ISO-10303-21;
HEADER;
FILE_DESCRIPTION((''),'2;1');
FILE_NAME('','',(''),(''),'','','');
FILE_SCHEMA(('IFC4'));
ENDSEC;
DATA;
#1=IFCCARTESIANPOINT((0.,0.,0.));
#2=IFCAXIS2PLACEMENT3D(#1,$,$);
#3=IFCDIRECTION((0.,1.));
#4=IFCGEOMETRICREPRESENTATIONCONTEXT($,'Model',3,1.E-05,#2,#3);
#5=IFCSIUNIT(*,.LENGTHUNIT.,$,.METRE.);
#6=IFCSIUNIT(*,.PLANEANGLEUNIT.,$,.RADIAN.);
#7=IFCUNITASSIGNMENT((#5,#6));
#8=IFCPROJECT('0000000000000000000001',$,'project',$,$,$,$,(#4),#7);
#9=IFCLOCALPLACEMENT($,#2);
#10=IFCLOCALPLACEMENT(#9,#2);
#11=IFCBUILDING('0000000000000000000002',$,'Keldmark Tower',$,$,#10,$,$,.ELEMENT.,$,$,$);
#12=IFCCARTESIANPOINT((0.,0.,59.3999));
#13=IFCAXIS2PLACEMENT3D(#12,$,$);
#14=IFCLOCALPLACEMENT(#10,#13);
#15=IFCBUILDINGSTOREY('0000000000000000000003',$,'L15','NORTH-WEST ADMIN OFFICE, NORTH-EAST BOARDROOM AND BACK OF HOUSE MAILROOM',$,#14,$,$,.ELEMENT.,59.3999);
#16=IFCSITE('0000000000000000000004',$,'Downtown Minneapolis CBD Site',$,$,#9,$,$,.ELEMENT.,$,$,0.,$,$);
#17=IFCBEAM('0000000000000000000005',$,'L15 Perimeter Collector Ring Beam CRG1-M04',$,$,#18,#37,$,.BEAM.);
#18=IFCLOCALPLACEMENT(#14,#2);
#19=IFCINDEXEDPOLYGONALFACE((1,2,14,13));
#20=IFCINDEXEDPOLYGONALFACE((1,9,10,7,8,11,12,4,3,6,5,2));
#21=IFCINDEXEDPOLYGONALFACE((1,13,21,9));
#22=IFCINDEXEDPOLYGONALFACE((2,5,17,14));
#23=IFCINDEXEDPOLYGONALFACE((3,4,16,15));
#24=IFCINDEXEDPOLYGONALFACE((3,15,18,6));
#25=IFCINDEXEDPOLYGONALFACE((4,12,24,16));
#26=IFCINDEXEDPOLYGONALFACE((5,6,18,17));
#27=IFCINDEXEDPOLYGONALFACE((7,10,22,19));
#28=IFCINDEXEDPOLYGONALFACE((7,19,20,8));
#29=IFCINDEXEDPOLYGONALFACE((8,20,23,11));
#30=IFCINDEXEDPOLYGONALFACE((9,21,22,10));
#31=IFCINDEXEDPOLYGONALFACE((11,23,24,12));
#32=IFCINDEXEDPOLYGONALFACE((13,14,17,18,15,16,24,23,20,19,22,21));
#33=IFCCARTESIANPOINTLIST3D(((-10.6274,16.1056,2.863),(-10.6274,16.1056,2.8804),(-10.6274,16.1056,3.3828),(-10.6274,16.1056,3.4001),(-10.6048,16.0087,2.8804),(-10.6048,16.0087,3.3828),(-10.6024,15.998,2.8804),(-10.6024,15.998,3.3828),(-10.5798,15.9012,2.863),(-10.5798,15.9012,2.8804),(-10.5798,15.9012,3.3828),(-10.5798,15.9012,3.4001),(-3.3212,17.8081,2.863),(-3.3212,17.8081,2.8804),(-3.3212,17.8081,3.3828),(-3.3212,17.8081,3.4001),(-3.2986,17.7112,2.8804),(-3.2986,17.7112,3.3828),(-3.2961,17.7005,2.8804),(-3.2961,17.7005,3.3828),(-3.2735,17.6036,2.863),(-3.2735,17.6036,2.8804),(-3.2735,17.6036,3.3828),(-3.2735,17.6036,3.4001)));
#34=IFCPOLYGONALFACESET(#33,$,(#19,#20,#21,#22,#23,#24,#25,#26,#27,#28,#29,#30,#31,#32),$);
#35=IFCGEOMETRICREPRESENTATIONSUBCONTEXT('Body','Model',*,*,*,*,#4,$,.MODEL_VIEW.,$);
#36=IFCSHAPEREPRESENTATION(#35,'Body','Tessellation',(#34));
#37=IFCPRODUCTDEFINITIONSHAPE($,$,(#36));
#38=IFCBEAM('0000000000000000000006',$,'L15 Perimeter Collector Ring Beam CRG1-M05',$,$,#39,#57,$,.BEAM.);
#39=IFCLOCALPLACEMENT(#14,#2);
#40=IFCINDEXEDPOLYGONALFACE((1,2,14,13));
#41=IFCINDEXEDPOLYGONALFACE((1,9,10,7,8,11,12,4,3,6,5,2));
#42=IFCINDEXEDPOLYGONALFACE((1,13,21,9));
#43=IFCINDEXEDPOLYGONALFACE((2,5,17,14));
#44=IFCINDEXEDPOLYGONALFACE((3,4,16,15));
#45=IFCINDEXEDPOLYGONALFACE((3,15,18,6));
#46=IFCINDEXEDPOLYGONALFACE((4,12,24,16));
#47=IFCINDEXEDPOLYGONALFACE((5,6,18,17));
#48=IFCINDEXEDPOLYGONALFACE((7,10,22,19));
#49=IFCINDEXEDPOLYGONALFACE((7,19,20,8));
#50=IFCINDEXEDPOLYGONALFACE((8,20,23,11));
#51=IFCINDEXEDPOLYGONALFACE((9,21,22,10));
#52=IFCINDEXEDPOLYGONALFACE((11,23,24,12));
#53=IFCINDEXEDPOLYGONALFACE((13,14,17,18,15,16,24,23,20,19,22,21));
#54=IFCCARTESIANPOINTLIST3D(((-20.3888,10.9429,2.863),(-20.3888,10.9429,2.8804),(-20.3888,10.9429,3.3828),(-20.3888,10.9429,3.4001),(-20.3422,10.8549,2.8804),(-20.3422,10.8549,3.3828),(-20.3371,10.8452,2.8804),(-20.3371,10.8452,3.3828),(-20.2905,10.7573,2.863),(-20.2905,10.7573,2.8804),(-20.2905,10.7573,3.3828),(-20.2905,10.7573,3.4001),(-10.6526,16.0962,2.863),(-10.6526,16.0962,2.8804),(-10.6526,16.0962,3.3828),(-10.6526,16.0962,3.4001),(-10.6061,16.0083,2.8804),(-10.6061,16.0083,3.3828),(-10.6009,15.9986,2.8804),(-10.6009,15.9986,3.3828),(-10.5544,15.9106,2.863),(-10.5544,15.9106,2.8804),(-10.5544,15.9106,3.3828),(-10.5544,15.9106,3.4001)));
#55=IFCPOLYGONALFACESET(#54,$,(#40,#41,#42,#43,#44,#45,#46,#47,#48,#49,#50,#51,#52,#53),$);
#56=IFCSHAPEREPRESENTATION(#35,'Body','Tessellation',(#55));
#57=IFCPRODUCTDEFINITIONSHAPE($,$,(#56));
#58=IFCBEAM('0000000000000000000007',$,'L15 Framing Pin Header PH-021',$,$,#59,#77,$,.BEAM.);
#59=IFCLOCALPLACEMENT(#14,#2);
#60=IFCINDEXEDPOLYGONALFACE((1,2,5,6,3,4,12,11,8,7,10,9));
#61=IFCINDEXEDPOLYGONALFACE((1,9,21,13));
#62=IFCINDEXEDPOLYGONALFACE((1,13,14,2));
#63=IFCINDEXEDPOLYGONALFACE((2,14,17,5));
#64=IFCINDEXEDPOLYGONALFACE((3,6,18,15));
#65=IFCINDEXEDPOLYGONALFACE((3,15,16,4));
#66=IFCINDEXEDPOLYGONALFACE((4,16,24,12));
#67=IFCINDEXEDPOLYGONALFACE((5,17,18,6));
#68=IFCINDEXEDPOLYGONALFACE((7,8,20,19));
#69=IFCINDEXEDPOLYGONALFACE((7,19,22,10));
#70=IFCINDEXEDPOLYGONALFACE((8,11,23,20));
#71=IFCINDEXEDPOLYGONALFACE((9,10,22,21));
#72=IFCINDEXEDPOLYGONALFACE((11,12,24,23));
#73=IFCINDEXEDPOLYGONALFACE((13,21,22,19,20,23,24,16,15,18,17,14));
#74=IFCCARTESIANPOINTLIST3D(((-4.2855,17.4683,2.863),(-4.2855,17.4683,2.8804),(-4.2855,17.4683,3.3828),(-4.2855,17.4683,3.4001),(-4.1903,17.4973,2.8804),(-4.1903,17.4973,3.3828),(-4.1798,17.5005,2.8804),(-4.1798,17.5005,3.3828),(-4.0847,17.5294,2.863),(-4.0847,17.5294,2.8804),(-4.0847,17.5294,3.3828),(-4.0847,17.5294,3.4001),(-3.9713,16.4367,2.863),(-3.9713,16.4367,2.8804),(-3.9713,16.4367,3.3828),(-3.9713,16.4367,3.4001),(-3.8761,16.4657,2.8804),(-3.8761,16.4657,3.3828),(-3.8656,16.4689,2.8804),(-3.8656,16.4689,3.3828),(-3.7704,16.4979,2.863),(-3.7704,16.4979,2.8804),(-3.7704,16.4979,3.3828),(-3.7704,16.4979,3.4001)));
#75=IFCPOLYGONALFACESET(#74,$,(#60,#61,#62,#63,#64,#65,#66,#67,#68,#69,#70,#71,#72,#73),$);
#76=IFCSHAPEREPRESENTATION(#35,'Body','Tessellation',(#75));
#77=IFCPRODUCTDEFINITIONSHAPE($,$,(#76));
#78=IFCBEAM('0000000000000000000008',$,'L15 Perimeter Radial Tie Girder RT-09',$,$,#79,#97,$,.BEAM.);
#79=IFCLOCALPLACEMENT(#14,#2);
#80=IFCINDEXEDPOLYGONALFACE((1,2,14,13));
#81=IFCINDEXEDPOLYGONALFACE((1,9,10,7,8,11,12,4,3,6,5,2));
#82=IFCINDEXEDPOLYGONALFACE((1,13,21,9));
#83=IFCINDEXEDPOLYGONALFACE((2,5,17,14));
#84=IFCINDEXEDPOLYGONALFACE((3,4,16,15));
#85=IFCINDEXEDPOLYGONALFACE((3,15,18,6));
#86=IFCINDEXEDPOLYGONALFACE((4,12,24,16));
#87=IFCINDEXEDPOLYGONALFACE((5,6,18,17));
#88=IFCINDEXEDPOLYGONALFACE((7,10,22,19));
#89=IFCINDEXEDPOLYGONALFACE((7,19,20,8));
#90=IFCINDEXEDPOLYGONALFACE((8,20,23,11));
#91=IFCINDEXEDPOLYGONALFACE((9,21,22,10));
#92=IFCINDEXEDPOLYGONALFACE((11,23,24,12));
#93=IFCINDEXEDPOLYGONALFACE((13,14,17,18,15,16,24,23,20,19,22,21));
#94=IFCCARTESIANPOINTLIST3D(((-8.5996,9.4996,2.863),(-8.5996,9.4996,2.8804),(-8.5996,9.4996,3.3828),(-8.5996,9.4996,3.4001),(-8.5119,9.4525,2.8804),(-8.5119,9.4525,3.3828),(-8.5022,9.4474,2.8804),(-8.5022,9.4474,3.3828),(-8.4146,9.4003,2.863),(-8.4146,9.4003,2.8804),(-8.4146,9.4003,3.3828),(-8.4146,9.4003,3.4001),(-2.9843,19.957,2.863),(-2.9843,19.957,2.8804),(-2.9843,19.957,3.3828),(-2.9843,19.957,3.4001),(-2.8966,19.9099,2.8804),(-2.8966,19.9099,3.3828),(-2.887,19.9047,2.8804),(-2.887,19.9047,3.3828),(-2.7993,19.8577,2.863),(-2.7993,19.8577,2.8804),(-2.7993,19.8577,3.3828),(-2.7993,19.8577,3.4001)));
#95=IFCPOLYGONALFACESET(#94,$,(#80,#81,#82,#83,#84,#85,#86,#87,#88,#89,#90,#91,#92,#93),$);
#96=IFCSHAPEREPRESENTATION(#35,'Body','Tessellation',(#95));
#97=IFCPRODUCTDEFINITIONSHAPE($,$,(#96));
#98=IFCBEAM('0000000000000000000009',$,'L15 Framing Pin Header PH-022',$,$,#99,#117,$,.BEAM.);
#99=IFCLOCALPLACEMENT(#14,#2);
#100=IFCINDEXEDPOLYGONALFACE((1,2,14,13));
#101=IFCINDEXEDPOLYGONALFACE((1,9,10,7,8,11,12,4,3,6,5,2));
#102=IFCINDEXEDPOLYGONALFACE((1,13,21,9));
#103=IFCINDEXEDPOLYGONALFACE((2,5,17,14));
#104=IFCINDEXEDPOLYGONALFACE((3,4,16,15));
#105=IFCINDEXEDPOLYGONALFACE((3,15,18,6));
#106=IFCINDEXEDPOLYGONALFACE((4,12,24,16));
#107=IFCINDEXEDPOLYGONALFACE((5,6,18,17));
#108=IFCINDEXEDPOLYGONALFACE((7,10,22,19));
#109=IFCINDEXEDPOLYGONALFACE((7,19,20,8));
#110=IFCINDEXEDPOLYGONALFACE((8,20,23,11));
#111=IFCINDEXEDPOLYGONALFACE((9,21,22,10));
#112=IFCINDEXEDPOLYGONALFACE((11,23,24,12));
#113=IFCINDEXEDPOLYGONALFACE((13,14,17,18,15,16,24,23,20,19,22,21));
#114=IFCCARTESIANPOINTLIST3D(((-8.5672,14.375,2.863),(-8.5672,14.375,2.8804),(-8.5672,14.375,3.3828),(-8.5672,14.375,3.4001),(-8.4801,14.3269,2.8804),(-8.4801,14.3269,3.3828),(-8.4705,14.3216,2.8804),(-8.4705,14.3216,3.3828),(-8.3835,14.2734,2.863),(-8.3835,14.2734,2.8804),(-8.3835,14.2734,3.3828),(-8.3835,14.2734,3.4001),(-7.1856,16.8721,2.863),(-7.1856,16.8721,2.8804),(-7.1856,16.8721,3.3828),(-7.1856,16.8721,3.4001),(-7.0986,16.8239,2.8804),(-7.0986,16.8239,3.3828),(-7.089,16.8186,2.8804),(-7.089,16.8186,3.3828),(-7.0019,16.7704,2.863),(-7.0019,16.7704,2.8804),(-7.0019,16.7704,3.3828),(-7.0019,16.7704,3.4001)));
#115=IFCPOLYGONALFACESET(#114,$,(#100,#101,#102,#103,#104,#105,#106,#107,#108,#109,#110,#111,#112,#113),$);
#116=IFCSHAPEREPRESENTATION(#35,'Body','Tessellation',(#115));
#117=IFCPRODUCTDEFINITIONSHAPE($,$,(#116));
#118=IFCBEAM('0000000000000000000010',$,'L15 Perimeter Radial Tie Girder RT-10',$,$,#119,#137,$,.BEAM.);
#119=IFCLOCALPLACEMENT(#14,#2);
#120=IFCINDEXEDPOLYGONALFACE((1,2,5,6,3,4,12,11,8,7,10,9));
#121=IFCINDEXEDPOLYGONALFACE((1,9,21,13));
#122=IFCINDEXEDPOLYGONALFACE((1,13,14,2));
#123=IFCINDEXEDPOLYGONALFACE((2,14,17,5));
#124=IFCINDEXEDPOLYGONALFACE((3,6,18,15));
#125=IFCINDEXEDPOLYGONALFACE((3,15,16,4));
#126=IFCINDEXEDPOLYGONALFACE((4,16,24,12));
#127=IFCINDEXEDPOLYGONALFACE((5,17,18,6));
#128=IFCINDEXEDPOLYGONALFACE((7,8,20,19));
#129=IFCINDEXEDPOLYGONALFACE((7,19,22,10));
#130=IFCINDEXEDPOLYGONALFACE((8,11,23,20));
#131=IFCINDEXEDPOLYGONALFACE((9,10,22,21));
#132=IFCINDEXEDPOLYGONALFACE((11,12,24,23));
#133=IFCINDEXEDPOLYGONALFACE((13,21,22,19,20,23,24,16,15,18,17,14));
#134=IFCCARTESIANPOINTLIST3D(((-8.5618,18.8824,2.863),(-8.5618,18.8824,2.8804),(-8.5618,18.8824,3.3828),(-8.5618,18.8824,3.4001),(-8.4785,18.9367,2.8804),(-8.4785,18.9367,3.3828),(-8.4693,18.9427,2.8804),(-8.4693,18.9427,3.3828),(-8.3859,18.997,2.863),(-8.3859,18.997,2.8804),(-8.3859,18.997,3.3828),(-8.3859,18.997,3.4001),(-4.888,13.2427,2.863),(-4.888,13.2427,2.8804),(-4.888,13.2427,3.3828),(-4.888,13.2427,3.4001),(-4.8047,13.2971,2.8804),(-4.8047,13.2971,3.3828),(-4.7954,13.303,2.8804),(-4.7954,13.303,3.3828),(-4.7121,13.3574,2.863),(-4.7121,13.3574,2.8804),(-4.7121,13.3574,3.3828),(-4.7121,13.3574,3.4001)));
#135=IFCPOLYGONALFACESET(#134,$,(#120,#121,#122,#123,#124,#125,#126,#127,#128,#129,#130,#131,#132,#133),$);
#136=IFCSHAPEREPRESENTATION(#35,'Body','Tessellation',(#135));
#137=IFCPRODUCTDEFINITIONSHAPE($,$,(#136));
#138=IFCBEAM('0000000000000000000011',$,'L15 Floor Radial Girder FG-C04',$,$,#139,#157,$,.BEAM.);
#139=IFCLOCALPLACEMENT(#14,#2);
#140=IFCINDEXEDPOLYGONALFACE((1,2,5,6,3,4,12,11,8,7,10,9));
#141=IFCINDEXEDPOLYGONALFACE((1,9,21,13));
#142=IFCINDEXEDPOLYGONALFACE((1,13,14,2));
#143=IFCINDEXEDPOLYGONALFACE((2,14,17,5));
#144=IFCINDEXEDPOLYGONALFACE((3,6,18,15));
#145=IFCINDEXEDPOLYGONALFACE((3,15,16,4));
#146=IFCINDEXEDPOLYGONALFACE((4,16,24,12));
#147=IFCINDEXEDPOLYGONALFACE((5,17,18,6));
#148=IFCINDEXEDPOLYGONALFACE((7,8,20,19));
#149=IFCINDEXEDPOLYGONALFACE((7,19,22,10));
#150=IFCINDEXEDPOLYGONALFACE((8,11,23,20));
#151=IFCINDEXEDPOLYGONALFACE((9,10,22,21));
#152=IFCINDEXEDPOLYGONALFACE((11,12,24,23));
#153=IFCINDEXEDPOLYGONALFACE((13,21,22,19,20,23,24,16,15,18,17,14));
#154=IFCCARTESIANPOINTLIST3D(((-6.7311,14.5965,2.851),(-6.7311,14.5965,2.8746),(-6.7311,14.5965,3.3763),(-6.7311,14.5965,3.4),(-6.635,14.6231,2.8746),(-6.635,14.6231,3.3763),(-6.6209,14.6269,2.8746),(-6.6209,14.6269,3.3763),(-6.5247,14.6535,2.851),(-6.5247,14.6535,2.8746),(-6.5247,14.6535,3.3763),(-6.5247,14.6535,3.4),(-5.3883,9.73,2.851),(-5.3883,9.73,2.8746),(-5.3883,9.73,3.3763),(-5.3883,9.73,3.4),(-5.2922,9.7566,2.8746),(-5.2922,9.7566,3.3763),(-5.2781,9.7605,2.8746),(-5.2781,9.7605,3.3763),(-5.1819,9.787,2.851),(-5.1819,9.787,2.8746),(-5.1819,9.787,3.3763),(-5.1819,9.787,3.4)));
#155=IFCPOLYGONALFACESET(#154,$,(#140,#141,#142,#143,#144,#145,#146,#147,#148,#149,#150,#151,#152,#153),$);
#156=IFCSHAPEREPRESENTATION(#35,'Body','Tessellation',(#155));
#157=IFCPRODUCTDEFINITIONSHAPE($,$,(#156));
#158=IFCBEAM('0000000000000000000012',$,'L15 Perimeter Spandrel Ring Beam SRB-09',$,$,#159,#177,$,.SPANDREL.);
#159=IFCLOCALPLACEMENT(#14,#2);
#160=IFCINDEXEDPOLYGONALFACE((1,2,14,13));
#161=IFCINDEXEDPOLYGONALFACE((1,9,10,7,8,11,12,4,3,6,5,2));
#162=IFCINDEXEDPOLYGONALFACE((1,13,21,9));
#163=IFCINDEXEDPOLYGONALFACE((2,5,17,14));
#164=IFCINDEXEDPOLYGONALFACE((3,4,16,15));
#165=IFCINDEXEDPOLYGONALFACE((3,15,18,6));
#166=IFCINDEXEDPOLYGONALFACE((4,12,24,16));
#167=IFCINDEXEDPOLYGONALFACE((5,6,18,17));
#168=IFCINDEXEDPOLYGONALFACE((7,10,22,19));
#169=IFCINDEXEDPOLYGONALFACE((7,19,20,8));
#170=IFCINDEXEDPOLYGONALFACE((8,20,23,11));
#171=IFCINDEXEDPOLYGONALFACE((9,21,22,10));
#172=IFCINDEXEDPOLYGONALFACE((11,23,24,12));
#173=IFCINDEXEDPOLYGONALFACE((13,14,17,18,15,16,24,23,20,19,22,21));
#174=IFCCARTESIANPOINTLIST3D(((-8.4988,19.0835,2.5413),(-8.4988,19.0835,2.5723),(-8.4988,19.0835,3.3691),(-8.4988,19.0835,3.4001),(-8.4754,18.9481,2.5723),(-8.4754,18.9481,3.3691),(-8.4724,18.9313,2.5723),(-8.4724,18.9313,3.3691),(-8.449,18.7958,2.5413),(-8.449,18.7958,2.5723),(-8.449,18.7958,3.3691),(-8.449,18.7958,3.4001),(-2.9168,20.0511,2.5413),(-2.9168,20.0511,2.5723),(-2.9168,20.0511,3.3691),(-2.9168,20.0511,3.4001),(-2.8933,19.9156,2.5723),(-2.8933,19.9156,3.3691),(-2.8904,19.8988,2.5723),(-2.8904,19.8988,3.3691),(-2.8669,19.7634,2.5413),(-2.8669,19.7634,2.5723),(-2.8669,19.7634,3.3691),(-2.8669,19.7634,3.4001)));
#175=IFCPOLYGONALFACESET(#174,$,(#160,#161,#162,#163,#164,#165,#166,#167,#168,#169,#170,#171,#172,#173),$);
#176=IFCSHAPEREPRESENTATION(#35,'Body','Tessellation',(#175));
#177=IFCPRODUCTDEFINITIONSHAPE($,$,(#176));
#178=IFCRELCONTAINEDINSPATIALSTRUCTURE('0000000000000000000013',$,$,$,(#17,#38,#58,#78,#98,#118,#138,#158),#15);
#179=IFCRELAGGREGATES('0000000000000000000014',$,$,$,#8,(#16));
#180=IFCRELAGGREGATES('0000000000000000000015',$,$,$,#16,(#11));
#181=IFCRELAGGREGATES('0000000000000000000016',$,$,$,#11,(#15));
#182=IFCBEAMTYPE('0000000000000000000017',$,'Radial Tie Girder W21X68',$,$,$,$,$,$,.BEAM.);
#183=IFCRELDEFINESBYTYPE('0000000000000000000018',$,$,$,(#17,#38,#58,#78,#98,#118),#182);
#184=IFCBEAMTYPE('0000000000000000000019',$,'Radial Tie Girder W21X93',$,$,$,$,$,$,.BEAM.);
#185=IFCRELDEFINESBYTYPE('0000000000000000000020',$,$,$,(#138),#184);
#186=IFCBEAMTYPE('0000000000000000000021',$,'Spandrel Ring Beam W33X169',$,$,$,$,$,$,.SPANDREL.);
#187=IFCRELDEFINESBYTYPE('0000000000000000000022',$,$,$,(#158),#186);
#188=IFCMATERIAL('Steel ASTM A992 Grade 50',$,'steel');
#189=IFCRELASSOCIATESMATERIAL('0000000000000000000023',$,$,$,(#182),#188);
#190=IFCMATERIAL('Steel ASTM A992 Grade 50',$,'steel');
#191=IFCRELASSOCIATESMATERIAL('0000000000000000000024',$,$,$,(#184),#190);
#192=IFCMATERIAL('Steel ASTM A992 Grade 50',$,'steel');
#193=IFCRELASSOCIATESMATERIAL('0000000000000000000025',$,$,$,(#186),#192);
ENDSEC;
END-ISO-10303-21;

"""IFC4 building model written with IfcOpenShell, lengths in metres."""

from ifc_helpers import new_model, si_unit, direction, frame, origin, origin_2d, place, context, subcontext, project, spatial, i_section, extrude, material, material_profile, profile_set, type_object, element, save


model = new_model("IFC4")

# Units and contexts
model_context = context("Model", 3, precision=1e-05, world=origin(), true_north=direction((0.0, 1.0)))
body_context = subcontext(model_context, "Body", "Model", "MODEL_VIEW")
ifc_project = project(units=[si_unit("LENGTHUNIT", "METRE"), si_unit("PLANEANGLEUNIT", "RADIAN")], contexts=[model_context])

# Site, building, storey
site_placement = place(None, origin())
site = spatial("IfcSite", under=ifc_project, at=site_placement, Name="Downtown Minneapolis CBD Site", CompositionType="ELEMENT", RefElevation=0.0)
building_placement = place(site_placement, origin())
building = spatial("IfcBuilding", under=site, at=building_placement, Name="Keldmark Tower", CompositionType="ELEMENT")
storey_placement = place(building_placement, frame((0.0, 0.0, 59.3999)))
storey = spatial("IfcBuildingStorey", under=building, at=storey_placement, Name="L15", Description="NORTH-WEST ADMIN OFFICE, NORTH-EAST BOARDROOM AND BACK OF HOUSE MAILROOM", CompositionType="ELEMENT", Elevation=59.3999)

# Beams
ifc_material_1 = material(Name="Steel ASTM A992 Grade 50", Category="steel")
ifc_material_profile_1 = material_profile(ifc_material_1, i_section(OverallWidth=0.21, OverallDepth=0.5371, WebThickness=0.011, FlangeThickness=0.0173, at=origin_2d()), Name="W21X68")
ifc_profile_set_1 = profile_set([ifc_material_profile_1], Name="Steel ASTM A992 Grade 50")
beam_type_1 = type_object("IfcBeamType", Name="Radial Tie Girder W21X68", PredefinedType="BEAM", material=ifc_profile_set_1)
beam_1_placement = place(storey_placement, frame((-3.2974, 17.7058, 3.1316), z_axis=(-0.973911, -0.226929, 0.0), x_axis=(0.226929, -0.973911, 0.0)))
element("IfcBeam", 1, at=beam_1_placement, inside=storey, type_object=beam_type_1, Name="L15 Perimeter Collector Ring Beam CRG1-M04", PredefinedType="BEAM", context=body_context, shape_type="SweptSolid", body=[
    extrude(i_section(OverallWidth=0.21, OverallDepth=0.5371, WebThickness=0.011, FlangeThickness=0.0173, at=origin_2d()), origin(), (0.0, 0.0, 1.0), 7.502),
])
beam_2_placement = place(storey_placement, frame((-10.6035, 16.0034, 3.1316), z_axis=(-0.883828, -0.467811, 0.0), x_axis=(0.467811, -0.883828, 0.0)))
element("IfcBeam", 2, at=beam_2_placement, inside=storey, type_object=beam_type_1, Name="L15 Perimeter Collector Ring Beam CRG1-M05", PredefinedType="BEAM", context=body_context, shape_type="SweptSolid", body=[
    extrude(i_section(OverallWidth=0.21, OverallDepth=0.5371, WebThickness=0.011, FlangeThickness=0.0173, at=origin_2d()), origin(), (0.0, 0.0, 1.0), 11.0159),
])
beam_3_placement = place(storey_placement, frame((-3.8708, 16.4673, 3.1316), z_axis=(-0.291396, 0.956603, 0.0), x_axis=(-0.956603, -0.291396, 0.0)))
element("IfcBeam", 3, at=beam_3_placement, inside=storey, type_object=beam_type_1, Name="L15 Framing Pin Header PH-021", PredefinedType="BEAM", context=body_context, shape_type="SweptSolid", body=[
    extrude(i_section(OverallWidth=0.21, OverallDepth=0.5371, WebThickness=0.011, FlangeThickness=0.0173, at=origin_2d()), origin(), (0.0, 0.0, 1.0), 1.0784),
])
beam_4_placement = place(storey_placement, frame((-8.5071, 9.45, 3.1316), z_axis=(0.47308, 0.881019, 0.0), x_axis=(-0.881019, 0.47308, 0.0)))
element("IfcBeam", 4, at=beam_4_placement, inside=storey, type_object=beam_type_1, Name="L15 Perimeter Radial Tie Girder RT-09", PredefinedType="BEAM", context=body_context, shape_type="SweptSolid", body=[
    extrude(i_section(OverallWidth=0.21, OverallDepth=0.5371, WebThickness=0.011, FlangeThickness=0.0173, at=origin_2d()), origin(), (0.0, 0.0, 1.0), 11.8696),
])
beam_5_placement = place(storey_placement, frame((-8.4753, 14.3242, 3.1316), z_axis=(0.484124, 0.874999, 0.0), x_axis=(-0.874999, 0.484124, 0.0)))
element("IfcBeam", 5, at=beam_5_placement, inside=storey, type_object=beam_type_1, Name="L15 Framing Pin Header PH-022", PredefinedType="BEAM", context=body_context, shape_type="SweptSolid", body=[
    extrude(i_section(OverallWidth=0.21, OverallDepth=0.5371, WebThickness=0.011, FlangeThickness=0.0173, at=origin_2d()), origin(), (0.0, 0.0, 1.0), 2.8538),
])
beam_6_placement = place(storey_placement, frame((-4.8, 13.3, 3.1316), z_axis=(-0.54583, 0.837896, 0.0), x_axis=(-0.837896, -0.54583, 0.0)))
element("IfcBeam", 6, at=beam_6_placement, inside=storey, type_object=beam_type_1, Name="L15 Perimeter Radial Tie Girder RT-10", PredefinedType="BEAM", context=body_context, shape_type="SweptSolid", body=[
    extrude(i_section(OverallWidth=0.21, OverallDepth=0.5371, WebThickness=0.011, FlangeThickness=0.0173, at=origin_2d()), origin(), (0.0, 0.0, 1.0), 6.7307),
])
ifc_material_2 = material(Name="Steel ASTM A992 Grade 50", Category="steel")
ifc_material_profile_2 = material_profile(ifc_material_2, i_section(OverallWidth=0.2141, OverallDepth=0.5491, WebThickness=0.0146, FlangeThickness=0.0237, at=origin_2d()), Name="W21X93")
ifc_profile_set_2 = profile_set([ifc_material_profile_2], Name="Steel ASTM A992 Grade 50")
beam_type_2 = type_object("IfcBeamType", Name="Radial Tie Girder W21X93", PredefinedType="BEAM", material=ifc_profile_set_2)
beam_7_placement = place(storey_placement, frame((-6.6279, 14.625, 3.1255), z_axis=(0.265985, -0.963977, 0.0), x_axis=(0.963977, 0.265985, 0.0)))
element("IfcBeam", 7, at=beam_7_placement, inside=storey, type_object=beam_type_2, Name="L15 Floor Radial Girder FG-C04", PredefinedType="BEAM", context=body_context, shape_type="SweptSolid", body=[
    extrude(i_section(OverallWidth=0.2141, OverallDepth=0.5491, WebThickness=0.0146, FlangeThickness=0.0237, at=origin_2d()), origin(), (0.0, 0.0, 1.0), 5.0483),
])
ifc_material_3 = material(Name="Steel ASTM A992 Grade 50", Category="steel")
ifc_material_profile_3 = material_profile(ifc_material_3, i_section(OverallWidth=0.292, OverallDepth=0.8589, WebThickness=0.0171, FlangeThickness=0.031, at=origin_2d()), Name="W33X169")
ifc_profile_set_3 = profile_set([ifc_material_profile_3], Name="Steel ASTM A992 Grade 50")
beam_type_3 = type_object("IfcBeamType", Name="Spandrel Ring Beam W33X169", PredefinedType="SPANDREL", material=ifc_profile_set_3)
beam_8_placement = place(storey_placement, frame((-2.8918, 19.9072, 2.9707), z_axis=(-0.985309, -0.170783, 0.0), x_axis=(0.170783, -0.985309, 0.0)))
element("IfcBeam", 8, at=beam_8_placement, inside=storey, type_object=beam_type_3, Name="L15 Perimeter Spandrel Ring Beam SRB-09", PredefinedType="SPANDREL", context=body_context, shape_type="SweptSolid", body=[
    extrude(i_section(OverallWidth=0.292, OverallDepth=0.8589, WebThickness=0.0171, FlangeThickness=0.031, at=origin_2d()), origin(), (0.0, 0.0, 1.0), 5.6653),
])

save(model, "model.ifc")
